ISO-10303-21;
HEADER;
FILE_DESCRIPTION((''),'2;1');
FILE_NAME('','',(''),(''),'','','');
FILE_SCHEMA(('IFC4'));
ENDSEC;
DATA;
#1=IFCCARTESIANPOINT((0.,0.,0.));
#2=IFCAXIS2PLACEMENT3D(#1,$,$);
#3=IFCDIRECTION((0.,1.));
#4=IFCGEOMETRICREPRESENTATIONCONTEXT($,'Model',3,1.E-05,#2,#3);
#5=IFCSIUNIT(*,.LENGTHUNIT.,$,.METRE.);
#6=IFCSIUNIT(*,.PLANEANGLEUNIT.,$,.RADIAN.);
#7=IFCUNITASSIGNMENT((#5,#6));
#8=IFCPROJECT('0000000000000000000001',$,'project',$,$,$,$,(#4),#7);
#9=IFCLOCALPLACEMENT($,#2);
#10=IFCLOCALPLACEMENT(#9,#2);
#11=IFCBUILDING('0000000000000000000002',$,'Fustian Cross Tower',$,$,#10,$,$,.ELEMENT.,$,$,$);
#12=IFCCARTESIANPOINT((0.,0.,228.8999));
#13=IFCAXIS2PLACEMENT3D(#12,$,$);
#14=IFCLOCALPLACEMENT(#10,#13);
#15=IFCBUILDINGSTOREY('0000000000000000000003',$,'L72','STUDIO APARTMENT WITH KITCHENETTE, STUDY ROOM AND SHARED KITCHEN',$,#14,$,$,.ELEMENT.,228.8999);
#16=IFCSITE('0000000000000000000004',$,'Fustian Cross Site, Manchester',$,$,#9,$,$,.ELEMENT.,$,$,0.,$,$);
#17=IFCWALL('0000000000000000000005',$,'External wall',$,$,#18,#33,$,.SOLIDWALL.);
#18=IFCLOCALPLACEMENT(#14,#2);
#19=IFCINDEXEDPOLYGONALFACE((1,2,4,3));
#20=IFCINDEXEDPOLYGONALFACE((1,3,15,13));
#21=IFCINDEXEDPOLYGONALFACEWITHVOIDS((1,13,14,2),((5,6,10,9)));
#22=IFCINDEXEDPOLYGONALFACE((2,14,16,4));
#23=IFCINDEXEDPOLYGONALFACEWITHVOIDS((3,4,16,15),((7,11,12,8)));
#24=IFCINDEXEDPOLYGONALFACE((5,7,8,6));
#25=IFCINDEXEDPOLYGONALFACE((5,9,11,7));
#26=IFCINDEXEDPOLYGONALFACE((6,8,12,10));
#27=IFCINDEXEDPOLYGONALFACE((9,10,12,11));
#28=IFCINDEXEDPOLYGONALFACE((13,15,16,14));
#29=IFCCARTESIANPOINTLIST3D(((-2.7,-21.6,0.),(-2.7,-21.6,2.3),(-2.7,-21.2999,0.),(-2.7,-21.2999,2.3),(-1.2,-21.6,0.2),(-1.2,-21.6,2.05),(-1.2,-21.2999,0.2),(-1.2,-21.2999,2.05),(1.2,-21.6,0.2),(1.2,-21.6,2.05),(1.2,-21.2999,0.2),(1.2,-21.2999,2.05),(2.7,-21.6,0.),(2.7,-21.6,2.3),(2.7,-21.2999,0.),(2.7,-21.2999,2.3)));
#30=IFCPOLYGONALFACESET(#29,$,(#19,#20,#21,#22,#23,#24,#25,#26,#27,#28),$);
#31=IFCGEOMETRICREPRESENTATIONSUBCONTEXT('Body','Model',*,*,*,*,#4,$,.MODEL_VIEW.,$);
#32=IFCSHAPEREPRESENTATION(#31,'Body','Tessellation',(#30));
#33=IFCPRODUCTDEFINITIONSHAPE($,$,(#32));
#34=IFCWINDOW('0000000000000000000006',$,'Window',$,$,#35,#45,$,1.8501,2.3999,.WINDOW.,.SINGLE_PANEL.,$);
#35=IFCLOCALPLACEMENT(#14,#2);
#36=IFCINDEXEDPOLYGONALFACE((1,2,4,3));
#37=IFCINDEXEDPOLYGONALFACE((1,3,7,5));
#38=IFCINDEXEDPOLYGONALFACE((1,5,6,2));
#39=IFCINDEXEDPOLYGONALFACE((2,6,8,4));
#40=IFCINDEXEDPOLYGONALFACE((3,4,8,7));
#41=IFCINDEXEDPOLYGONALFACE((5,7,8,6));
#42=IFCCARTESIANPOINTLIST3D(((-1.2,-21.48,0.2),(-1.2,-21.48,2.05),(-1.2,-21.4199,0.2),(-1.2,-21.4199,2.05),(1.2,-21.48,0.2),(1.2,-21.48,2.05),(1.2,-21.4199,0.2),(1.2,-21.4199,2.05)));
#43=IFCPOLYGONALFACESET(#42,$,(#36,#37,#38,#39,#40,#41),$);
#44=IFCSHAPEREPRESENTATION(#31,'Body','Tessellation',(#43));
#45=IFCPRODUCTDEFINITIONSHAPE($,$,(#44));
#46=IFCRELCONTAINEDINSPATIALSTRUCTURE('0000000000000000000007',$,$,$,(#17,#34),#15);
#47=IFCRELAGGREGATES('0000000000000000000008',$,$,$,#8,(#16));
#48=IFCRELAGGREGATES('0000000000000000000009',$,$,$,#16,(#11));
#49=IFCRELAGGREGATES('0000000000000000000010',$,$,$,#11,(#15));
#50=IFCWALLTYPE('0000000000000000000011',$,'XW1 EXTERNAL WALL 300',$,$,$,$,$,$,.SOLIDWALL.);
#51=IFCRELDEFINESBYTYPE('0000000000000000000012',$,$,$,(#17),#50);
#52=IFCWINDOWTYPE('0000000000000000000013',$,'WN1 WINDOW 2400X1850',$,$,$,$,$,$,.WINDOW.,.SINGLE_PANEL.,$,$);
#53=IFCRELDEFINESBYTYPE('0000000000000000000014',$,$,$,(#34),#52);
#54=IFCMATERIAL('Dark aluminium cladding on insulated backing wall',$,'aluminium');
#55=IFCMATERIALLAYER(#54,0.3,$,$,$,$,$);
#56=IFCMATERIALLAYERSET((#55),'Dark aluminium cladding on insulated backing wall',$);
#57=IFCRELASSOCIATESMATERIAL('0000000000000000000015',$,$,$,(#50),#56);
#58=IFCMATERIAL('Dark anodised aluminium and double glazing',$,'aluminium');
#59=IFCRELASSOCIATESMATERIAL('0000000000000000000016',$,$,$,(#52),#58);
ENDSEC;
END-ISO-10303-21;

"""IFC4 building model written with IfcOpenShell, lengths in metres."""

from ifc_helpers import new_model, si_unit, direction, frame, frame_2d, origin, place, context, subcontext, project, spatial, rectangle, extrude, material, layer, layer_set, type_object, element, fill, save


model = new_model("IFC4")

# Units and contexts
model_context = context("Model", 3, precision=1e-05, world=origin(), true_north=direction((0.0, 1.0)))
body_context = subcontext(model_context, "Body", "Model", "MODEL_VIEW")
ifc_project = project(units=[si_unit("LENGTHUNIT", "METRE"), si_unit("PLANEANGLEUNIT", "RADIAN")], contexts=[model_context])

# Site, building, storey
site_placement = place(None, origin())
site = spatial("IfcSite", under=ifc_project, at=site_placement, Name="Fustian Cross Site, Manchester", CompositionType="ELEMENT", RefElevation=0.0)
building_placement = place(site_placement, origin())
building = spatial("IfcBuilding", under=site, at=building_placement, Name="Fustian Cross Tower", CompositionType="ELEMENT")
storey_placement = place(building_placement, frame((0.0, 0.0, 228.8999)))
storey = spatial("IfcBuildingStorey", under=building, at=storey_placement, Name="L72", Description="STUDIO APARTMENT WITH KITCHENETTE, STUDY ROOM AND SHARED KITCHEN", CompositionType="ELEMENT", Elevation=228.8999)

# Shared definitions
ifc_material_1 = material(Name="Dark aluminium cladding on insulated backing wall", Category="aluminium")
ifc_layer_1 = layer(ifc_material_1, 0.3)
ifc_layer_set_1 = layer_set([ifc_layer_1], Name="Dark aluminium cladding on insulated backing wall")
wall_type_1 = type_object("IfcWallType", Name="XW1 EXTERNAL WALL 300", PredefinedType="SOLIDWALL", material=ifc_layer_set_1)

# Wall, opening, window
wall_1_placement = place(storey_placement, frame((-2.7, -21.45, 0.0), z_axis=(0.0, 0.0, 1.0), x_axis=(1.0, 0.0, 0.0)))
wall_1 = element("IfcWall", 1, at=wall_1_placement, inside=storey, type_object=wall_type_1, Name="External wall", PredefinedType="SOLIDWALL", context=body_context, shape_type="SweptSolid", body=[
    extrude(rectangle(XDim=5.3999, YDim=0.3, at=frame_2d((2.7, 0.0))), origin(), (0.0, 0.0, 1.0), 2.3),
])
opening_1_placement = place(wall_1_placement, frame((1.5, 0.0, 0.2)))
opening_1 = element("IfcOpeningElement", 2, at=opening_1_placement, cuts=wall_1, PredefinedType="OPENING", context=body_context, shape_type="SweptSolid", body=[
    extrude(rectangle(XDim=2.3999, YDim=1.8501, at=frame_2d((1.2, 0.925))), frame((0.0, 0.1599, 0.0), z_axis=(0.0, -1.0, 0.0), x_axis=(1.0, 0.0, 0.0)), (0.0, 0.0, 1.0), 0.3201),
])
ifc_material_2 = material(Name="Dark anodised aluminium and double glazing", Category="aluminium")
window_type_1 = type_object("IfcWindowType", Name="WN1 WINDOW 2400X1850", PartitioningType="SINGLE_PANEL", PredefinedType="WINDOW", material=ifc_material_2)
window_1_placement = place(opening_1_placement, origin())
window_1 = element("IfcWindow", 3, at=window_1_placement, inside=storey, type_object=window_type_1, Name="Window", OverallHeight=1.8501, OverallWidth=2.3999, PartitioningType="SINGLE_PANEL", PredefinedType="WINDOW", context=body_context, shape_type="SweptSolid", body=[
    extrude(rectangle(XDim=2.3999, YDim=1.8501, at=frame_2d((1.2, 0.925))), frame((0.0, 0.03, 0.0), z_axis=(0.0, -1.0, 0.0), x_axis=(1.0, 0.0, 0.0)), (0.0, 0.0, 1.0), 0.0601),
])
fill(opening_1, window_1)

save(model, "model.ifc")
